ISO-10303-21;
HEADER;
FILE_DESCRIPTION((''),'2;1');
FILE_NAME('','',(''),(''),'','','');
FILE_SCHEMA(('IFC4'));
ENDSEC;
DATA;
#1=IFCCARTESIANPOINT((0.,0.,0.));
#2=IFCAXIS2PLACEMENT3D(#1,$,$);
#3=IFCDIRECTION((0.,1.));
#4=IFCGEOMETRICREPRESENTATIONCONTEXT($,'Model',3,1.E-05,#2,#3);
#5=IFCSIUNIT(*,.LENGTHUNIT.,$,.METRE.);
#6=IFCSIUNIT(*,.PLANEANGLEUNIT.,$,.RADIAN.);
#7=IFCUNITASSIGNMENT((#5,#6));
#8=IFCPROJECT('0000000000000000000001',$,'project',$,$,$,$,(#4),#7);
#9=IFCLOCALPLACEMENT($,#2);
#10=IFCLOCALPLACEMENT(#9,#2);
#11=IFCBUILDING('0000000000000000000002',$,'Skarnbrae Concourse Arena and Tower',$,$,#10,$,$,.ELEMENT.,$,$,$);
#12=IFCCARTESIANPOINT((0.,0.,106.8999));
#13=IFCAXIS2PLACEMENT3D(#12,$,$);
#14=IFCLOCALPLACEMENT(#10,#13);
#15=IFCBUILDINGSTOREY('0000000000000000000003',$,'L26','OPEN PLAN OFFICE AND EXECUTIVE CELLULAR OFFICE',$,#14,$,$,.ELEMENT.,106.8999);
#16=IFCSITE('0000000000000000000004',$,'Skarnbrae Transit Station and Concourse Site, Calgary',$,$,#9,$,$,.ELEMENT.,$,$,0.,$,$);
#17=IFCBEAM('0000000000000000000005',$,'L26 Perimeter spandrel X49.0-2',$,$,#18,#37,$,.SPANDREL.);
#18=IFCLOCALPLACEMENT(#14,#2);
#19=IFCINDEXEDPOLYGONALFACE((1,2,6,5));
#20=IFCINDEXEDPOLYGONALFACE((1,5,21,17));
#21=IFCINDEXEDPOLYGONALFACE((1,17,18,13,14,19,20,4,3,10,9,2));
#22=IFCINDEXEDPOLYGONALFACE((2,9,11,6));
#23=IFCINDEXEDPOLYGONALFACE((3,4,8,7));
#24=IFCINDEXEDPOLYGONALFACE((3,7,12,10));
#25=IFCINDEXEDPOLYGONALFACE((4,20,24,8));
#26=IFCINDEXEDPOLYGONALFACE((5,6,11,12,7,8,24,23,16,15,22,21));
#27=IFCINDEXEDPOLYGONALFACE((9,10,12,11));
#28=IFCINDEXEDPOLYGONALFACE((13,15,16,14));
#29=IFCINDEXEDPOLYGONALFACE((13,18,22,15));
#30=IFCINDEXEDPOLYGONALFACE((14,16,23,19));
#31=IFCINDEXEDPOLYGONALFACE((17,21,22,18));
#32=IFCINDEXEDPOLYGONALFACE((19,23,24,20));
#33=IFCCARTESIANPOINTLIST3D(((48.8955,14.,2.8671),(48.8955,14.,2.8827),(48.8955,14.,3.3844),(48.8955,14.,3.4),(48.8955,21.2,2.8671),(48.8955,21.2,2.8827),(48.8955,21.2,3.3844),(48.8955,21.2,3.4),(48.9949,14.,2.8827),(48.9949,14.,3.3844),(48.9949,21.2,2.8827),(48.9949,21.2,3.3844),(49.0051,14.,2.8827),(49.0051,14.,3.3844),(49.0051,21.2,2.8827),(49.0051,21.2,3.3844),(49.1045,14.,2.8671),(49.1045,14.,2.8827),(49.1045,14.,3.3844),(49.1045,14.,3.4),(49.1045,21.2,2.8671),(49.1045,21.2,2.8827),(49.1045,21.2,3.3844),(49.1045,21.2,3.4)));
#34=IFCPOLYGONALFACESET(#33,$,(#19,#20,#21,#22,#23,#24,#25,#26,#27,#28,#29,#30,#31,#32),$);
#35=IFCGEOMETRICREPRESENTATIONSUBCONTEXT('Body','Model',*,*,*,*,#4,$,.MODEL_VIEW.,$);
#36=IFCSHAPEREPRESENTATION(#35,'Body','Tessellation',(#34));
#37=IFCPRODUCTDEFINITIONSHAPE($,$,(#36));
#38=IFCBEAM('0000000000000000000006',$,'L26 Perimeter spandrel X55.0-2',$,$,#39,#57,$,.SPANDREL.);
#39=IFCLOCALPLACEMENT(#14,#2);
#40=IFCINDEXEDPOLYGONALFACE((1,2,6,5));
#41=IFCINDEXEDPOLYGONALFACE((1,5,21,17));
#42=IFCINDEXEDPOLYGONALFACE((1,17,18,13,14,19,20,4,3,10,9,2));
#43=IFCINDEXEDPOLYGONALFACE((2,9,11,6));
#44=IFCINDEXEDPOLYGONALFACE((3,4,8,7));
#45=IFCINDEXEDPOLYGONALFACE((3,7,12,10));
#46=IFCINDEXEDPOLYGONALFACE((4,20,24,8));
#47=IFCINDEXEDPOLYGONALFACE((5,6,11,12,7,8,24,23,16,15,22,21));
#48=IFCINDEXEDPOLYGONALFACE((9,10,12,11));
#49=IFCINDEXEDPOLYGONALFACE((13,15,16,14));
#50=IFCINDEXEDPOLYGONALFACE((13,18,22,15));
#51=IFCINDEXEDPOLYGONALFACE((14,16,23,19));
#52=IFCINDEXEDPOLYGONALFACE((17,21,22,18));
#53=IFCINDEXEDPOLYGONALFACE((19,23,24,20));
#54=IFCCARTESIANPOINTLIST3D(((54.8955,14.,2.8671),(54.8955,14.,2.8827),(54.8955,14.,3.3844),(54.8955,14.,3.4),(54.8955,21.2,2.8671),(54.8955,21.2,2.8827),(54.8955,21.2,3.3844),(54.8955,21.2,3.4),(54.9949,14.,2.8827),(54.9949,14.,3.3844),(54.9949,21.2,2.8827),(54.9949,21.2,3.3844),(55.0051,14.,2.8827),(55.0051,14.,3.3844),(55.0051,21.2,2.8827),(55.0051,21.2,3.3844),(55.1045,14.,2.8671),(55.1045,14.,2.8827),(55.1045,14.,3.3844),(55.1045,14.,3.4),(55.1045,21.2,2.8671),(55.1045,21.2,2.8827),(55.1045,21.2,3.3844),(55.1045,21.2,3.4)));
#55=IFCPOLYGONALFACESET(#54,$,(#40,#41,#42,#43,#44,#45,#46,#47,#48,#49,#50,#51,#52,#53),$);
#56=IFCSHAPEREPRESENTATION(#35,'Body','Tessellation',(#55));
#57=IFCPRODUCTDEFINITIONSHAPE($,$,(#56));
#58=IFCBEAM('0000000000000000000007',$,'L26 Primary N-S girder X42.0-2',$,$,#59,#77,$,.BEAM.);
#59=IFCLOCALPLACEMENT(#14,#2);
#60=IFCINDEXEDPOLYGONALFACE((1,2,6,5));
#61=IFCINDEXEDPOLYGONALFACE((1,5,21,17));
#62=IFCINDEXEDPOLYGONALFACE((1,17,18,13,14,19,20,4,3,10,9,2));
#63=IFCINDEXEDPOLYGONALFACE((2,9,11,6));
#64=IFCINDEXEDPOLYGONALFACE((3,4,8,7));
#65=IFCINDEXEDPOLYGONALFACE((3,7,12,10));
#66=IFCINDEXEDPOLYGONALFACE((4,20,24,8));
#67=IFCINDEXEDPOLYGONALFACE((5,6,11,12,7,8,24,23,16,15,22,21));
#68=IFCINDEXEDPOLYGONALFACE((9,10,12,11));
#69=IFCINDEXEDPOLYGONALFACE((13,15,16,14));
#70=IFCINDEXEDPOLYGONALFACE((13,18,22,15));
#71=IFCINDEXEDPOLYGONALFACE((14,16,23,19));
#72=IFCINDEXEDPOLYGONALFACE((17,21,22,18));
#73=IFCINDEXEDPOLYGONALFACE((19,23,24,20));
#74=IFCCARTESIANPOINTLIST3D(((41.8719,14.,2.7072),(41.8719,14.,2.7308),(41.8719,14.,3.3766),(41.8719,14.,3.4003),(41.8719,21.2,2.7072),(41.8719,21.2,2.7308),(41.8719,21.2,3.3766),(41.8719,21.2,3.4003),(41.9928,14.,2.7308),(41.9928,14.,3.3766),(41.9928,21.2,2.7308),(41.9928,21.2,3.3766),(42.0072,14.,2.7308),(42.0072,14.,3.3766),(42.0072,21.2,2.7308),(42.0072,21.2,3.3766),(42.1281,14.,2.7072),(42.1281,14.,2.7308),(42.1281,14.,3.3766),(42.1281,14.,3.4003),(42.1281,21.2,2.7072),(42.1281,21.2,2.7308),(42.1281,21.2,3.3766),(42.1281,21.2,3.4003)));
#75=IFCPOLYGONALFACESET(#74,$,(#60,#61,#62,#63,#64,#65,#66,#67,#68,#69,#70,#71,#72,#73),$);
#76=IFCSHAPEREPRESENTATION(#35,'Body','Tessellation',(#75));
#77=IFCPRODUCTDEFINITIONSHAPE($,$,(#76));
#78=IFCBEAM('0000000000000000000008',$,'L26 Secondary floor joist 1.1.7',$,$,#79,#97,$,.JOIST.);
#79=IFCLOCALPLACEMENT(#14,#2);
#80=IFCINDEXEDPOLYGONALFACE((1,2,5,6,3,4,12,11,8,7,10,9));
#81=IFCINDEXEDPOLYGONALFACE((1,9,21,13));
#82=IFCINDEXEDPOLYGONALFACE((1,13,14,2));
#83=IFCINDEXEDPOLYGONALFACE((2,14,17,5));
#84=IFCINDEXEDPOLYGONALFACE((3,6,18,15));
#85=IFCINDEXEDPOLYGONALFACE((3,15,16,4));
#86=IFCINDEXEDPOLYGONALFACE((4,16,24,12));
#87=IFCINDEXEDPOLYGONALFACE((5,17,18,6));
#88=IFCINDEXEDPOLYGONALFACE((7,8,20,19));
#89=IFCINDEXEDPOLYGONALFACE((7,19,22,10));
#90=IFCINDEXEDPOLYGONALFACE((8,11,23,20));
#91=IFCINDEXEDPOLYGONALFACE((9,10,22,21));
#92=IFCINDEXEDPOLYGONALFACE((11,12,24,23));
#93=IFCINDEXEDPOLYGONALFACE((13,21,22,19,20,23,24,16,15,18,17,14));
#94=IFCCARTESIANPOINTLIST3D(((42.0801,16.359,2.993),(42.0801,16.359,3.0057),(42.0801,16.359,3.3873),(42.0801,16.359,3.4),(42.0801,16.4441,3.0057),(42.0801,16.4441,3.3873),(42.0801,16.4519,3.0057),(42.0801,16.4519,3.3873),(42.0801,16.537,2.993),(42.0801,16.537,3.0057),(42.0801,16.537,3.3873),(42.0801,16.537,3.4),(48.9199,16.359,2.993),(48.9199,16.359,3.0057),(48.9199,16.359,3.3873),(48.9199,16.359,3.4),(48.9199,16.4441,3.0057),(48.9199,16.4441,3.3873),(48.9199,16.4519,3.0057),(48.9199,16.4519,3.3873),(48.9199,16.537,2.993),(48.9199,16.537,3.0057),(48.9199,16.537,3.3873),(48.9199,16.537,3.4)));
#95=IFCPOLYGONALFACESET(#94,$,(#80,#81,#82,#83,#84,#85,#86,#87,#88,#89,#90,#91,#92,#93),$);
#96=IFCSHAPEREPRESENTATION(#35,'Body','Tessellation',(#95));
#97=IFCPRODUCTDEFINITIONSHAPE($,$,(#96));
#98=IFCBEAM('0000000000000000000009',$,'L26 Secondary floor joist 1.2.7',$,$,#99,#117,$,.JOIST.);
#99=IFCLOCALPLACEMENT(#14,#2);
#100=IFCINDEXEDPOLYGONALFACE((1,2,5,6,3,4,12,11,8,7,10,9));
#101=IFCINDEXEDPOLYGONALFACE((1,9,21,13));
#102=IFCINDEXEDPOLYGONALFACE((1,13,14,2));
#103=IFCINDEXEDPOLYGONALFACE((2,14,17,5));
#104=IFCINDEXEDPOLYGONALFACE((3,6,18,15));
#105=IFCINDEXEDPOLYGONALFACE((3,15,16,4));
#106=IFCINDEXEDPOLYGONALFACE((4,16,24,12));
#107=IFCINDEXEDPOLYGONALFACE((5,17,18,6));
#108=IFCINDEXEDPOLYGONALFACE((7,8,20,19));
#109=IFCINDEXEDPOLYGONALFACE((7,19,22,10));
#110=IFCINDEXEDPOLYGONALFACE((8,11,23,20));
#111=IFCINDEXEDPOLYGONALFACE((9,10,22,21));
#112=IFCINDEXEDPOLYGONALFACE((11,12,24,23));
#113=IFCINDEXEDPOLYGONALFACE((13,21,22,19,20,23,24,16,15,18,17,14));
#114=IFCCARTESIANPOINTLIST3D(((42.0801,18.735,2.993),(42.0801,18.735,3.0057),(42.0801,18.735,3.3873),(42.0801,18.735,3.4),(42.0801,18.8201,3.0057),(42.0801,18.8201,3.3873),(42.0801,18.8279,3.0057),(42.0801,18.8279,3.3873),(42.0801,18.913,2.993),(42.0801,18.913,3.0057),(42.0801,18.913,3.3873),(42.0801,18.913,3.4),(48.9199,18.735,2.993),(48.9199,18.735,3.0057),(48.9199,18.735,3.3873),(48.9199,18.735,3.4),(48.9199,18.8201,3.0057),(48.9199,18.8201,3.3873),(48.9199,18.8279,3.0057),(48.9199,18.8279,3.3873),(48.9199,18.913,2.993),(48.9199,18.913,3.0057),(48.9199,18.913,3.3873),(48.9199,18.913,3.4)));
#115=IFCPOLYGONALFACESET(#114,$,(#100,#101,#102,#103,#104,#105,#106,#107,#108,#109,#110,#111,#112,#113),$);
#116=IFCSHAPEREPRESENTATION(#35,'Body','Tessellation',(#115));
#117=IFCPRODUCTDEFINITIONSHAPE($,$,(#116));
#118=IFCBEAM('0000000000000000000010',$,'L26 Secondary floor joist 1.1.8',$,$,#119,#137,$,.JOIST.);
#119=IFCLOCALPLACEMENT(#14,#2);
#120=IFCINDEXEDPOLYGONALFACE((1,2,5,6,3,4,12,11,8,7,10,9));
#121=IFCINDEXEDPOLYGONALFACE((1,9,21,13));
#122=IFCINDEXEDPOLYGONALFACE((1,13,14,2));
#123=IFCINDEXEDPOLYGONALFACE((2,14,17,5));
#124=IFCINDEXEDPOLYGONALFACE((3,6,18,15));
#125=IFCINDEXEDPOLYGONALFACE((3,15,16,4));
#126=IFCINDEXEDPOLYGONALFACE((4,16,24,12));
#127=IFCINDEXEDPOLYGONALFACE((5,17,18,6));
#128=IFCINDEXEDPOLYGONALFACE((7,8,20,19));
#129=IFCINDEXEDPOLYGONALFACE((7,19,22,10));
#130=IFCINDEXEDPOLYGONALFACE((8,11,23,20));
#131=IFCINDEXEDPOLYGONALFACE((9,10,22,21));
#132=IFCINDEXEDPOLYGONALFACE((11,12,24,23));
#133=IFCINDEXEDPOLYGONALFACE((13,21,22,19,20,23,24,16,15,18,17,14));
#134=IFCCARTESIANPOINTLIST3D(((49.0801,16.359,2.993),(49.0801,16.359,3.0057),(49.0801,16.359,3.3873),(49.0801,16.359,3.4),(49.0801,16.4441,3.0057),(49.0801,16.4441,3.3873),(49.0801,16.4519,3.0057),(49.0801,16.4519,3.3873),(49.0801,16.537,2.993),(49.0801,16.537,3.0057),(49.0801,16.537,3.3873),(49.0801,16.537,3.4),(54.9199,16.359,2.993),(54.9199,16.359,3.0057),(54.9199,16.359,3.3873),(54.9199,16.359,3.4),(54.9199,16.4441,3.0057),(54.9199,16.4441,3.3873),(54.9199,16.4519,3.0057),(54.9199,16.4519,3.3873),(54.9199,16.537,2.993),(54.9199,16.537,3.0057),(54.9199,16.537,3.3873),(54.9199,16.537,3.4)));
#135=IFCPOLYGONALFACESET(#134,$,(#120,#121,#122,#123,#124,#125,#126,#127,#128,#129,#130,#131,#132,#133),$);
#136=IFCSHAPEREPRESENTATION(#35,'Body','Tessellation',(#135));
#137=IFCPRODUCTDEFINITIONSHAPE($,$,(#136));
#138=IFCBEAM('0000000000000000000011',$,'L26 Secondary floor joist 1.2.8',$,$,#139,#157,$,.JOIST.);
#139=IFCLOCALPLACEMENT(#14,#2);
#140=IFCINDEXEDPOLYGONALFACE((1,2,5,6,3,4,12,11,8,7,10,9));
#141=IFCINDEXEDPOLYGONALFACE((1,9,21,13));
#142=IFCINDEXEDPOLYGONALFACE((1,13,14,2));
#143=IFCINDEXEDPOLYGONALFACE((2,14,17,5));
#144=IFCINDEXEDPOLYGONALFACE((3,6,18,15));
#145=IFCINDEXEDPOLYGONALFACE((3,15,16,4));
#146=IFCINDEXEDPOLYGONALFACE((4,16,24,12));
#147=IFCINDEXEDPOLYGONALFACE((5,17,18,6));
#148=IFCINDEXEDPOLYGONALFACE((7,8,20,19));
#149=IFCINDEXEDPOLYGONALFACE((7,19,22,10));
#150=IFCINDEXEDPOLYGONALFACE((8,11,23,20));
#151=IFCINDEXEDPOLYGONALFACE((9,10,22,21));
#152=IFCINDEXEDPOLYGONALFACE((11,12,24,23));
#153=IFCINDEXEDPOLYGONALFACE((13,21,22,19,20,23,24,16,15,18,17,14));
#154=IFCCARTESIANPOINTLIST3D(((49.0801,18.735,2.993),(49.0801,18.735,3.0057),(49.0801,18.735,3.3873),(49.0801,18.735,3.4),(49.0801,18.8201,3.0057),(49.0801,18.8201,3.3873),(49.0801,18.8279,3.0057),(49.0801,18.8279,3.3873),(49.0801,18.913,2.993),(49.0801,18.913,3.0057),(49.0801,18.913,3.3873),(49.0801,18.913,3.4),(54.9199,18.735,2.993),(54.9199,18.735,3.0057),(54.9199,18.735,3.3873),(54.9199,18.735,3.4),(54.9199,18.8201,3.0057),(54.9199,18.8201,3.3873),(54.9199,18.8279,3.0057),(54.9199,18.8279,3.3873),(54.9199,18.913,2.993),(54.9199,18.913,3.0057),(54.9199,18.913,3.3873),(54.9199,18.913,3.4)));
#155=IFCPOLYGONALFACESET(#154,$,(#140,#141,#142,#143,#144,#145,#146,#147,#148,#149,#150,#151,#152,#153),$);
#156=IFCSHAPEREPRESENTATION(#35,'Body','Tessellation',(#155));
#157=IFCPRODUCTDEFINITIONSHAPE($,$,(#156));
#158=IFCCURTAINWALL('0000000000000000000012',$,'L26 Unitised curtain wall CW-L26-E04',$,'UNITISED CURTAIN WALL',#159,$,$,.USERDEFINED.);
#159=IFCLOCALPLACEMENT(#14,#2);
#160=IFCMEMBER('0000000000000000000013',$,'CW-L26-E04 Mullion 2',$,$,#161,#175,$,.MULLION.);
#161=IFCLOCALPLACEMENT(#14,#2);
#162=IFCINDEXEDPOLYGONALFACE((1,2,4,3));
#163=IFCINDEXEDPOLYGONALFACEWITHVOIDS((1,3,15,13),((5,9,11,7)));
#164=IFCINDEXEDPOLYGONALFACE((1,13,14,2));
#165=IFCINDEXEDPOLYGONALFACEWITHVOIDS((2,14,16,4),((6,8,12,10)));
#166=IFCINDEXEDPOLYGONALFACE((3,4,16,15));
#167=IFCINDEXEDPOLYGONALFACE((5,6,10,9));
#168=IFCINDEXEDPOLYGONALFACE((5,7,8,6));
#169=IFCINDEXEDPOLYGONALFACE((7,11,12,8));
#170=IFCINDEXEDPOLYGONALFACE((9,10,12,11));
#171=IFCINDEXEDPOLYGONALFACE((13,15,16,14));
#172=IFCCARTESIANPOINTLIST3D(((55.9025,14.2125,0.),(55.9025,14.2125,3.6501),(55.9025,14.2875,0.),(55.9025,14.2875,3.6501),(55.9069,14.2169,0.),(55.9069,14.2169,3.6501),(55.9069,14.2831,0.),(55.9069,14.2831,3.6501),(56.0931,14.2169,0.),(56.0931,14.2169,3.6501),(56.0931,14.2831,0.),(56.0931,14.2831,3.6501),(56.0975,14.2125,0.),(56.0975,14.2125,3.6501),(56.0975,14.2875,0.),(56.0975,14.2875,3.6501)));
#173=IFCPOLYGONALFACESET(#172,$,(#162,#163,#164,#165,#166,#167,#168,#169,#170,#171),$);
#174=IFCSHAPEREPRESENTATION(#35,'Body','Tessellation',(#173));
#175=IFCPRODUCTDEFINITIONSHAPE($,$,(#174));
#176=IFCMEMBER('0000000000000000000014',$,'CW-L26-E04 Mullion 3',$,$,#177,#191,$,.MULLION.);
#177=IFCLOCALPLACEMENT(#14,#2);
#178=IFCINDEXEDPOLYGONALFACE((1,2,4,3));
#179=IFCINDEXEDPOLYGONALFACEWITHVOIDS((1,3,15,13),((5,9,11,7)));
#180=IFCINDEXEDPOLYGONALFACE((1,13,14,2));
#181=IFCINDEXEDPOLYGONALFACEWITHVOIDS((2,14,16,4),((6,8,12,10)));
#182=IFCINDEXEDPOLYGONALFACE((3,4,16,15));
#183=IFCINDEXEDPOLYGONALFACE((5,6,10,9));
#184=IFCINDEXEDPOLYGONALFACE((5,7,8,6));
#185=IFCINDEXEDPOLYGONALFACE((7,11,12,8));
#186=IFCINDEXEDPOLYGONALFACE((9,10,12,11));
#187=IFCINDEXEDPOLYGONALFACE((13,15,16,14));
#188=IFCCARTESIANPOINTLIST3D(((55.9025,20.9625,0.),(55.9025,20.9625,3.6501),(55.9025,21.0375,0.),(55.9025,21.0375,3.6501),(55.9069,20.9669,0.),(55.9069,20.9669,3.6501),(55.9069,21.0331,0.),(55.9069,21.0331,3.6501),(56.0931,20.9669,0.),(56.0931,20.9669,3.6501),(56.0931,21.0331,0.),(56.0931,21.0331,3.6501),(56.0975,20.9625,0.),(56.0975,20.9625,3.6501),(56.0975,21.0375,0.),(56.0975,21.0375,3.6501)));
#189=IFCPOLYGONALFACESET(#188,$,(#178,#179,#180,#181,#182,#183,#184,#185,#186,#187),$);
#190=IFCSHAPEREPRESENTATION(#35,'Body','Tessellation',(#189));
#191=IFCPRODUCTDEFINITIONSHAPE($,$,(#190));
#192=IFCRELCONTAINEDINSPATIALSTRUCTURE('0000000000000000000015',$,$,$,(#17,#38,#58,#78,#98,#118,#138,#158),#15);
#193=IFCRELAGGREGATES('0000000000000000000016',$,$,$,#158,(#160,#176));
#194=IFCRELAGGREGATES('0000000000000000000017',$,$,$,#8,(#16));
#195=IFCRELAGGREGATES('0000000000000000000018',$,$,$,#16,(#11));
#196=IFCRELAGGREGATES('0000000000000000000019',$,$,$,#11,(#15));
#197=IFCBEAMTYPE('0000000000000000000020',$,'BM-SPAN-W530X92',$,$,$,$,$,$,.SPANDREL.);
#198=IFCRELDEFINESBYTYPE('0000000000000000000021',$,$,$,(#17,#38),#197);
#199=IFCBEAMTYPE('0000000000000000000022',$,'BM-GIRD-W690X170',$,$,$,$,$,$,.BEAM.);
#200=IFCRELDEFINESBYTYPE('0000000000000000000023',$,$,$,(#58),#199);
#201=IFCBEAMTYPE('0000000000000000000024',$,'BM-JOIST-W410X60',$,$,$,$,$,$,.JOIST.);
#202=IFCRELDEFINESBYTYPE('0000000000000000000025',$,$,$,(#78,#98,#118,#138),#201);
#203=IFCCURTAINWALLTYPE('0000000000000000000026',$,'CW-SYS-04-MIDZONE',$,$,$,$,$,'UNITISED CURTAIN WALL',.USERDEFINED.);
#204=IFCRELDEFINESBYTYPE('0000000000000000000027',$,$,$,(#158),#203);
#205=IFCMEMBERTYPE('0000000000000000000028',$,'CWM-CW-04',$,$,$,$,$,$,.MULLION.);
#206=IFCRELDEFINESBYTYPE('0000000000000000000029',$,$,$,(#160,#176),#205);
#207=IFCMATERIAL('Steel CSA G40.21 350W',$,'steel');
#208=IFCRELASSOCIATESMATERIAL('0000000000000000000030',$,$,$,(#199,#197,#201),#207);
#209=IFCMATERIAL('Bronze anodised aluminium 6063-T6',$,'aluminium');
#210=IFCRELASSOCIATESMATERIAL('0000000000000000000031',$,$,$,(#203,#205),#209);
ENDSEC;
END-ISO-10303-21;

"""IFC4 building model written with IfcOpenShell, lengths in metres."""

from ifc_helpers import new_model, si_unit, direction, frame, origin, origin_2d, place, context, subcontext, project, spatial, hollow_rectangle, i_section, extrude, source, transform, mapped, material, material_profile, profile_set, type_object, element, aggregate, save


model = new_model("IFC4")

# Units and contexts
model_context = context("Model", 3, precision=1e-05, world=origin(), true_north=direction((0.0, 1.0)))
body_context = subcontext(model_context, "Body", "Model", "MODEL_VIEW")
ifc_project = project(units=[si_unit("LENGTHUNIT", "METRE"), si_unit("PLANEANGLEUNIT", "RADIAN")], contexts=[model_context])

# Site, building, storey
site_placement = place(None, origin())
site = spatial("IfcSite", under=ifc_project, at=site_placement, Name="Skarnbrae Transit Station and Concourse Site, Calgary", CompositionType="ELEMENT", RefElevation=0.0)
building_placement = place(site_placement, origin())
building = spatial("IfcBuilding", under=site, at=building_placement, Name="Skarnbrae Concourse Arena and Tower", CompositionType="ELEMENT")
storey_placement = place(building_placement, frame((0.0, 0.0, 106.8999)))
storey = spatial("IfcBuildingStorey", under=building, at=storey_placement, Name="L26", Description="OPEN PLAN OFFICE AND EXECUTIVE CELLULAR OFFICE", CompositionType="ELEMENT", Elevation=106.8999)

# Shared definitions
ifc_material_1 = material(Name="Steel CSA G40.21 350W", Category="steel")

# Beams
ifc_material_profile_1 = material_profile(ifc_material_1, i_section(OverallWidth=0.2561, OverallDepth=0.6931, WebThickness=0.0144, FlangeThickness=0.0237, at=origin_2d()), Name="W690X170")
ifc_profile_set_1 = profile_set([ifc_material_profile_1], Name="Steel CSA G40.21 350W")
beam_type_1 = type_object("IfcBeamType", Name="BM-GIRD-W690X170", PredefinedType="BEAM", material=ifc_profile_set_1)
ifc_material_profile_2 = material_profile(ifc_material_1, i_section(OverallWidth=0.209, OverallDepth=0.533, WebThickness=0.0103, FlangeThickness=0.0156, at=origin_2d()), Name="W530X92")
ifc_profile_set_2 = profile_set([ifc_material_profile_2], Name="Steel CSA G40.21 350W")
beam_type_2 = type_object("IfcBeamType", Name="BM-SPAN-W530X92", PredefinedType="SPANDREL", material=ifc_profile_set_2)
shared_shape_1 = source(origin(), body_context, "Body", "SweptSolid", [
    extrude(i_section(OverallWidth=0.209, OverallDepth=0.533, WebThickness=0.0103, FlangeThickness=0.0156, at=origin_2d()), origin(), (0.0, 0.0, 1.0), 7.2),
])
for number, where, z_axis, x_axis, name in (
    (1, (49.0, 14.0, 3.1335), (0.0, 1.0, 0.0), (-1.0, 0.0, 0.0), "L26 Perimeter spandrel X49.0-2"),
    (2, (55.0, 14.0, 3.1335), (0.0, 1.0, 0.0), (-1.0, 0.0, 0.0), "L26 Perimeter spandrel X55.0-2"),
):
    element("IfcBeam", number, at=place(storey_placement, frame(where, z_axis=z_axis, x_axis=x_axis)), inside=storey, type_object=beam_type_2, Name=name, PredefinedType="SPANDREL", context=body_context, shape_type="MappedRepresentation", body=[
        mapped(shared_shape_1, transform((0.0, 0.0, 0.0))),
    ])
shared_shape_2 = source(origin(), body_context, "Body", "SweptSolid", [
    extrude(i_section(OverallWidth=0.2561, OverallDepth=0.6931, WebThickness=0.0144, FlangeThickness=0.0237, at=origin_2d()), origin(), (0.0, 0.0, 1.0), 7.2),
])
beam_1_placement = place(storey_placement, frame((42.0, 14.0, 3.0537), z_axis=(0.0, 1.0, 0.0), x_axis=(-1.0, 0.0, 0.0)))
element("IfcBeam", 3, at=beam_1_placement, inside=storey, type_object=beam_type_1, Name="L26 Primary N-S girder X42.0-2", PredefinedType="BEAM", context=body_context, shape_type="MappedRepresentation", body=[
    mapped(shared_shape_2, transform((0.0, 0.0, 0.0))),
])
ifc_material_profile_3 = material_profile(ifc_material_1, i_section(OverallWidth=0.178, OverallDepth=0.407, WebThickness=0.0078, FlangeThickness=0.0127, at=origin_2d()), Name="W410X60")
ifc_profile_set_3 = profile_set([ifc_material_profile_3], Name="Steel CSA G40.21 350W")
beam_type_3 = type_object("IfcBeamType", Name="BM-JOIST-W410X60", PredefinedType="JOIST", material=ifc_profile_set_3)
shared_shape_3 = source(origin(), body_context, "Body", "SweptSolid", [
    extrude(i_section(OverallWidth=0.178, OverallDepth=0.407, WebThickness=0.0078, FlangeThickness=0.0127, at=origin_2d()), origin(), (0.0, 0.0, 1.0), 6.8398),
])
for number, where, z_axis, x_axis, name in (
    (4, (42.0801, 16.448, 3.1965), (1.0, 0.0, 0.0), (0.0, 1.0, 0.0), "L26 Secondary floor joist 1.1.7"),
    (5, (42.0801, 18.824, 3.1965), (1.0, 0.0, 0.0), (0.0, 1.0, 0.0), "L26 Secondary floor joist 1.2.7"),
):
    element("IfcBeam", number, at=place(storey_placement, frame(where, z_axis=z_axis, x_axis=x_axis)), inside=storey, type_object=beam_type_3, Name=name, PredefinedType="JOIST", context=body_context, shape_type="MappedRepresentation", body=[
        mapped(shared_shape_3, transform((0.0, 0.0, 0.0))),
    ])
shared_shape_4 = source(origin(), body_context, "Body", "SweptSolid", [
    extrude(i_section(OverallWidth=0.178, OverallDepth=0.407, WebThickness=0.0078, FlangeThickness=0.0127, at=origin_2d()), origin(), (0.0, 0.0, 1.0), 5.8398),
])
for number, where, z_axis, x_axis, name in (
    (6, (49.0801, 16.448, 3.1965), (1.0, 0.0, 0.0), (0.0, 1.0, 0.0), "L26 Secondary floor joist 1.1.8"),
    (7, (49.0801, 18.824, 3.1965), (1.0, 0.0, 0.0), (0.0, 1.0, 0.0), "L26 Secondary floor joist 1.2.8"),
):
    element("IfcBeam", number, at=place(storey_placement, frame(where, z_axis=z_axis, x_axis=x_axis)), inside=storey, type_object=beam_type_3, Name=name, PredefinedType="JOIST", context=body_context, shape_type="MappedRepresentation", body=[
        mapped(shared_shape_4, transform((0.0, 0.0, 0.0))),
    ])

# Curtain wall, members
ifc_material_2 = material(Name="Bronze anodised aluminium 6063-T6", Category="aluminium")
curtain_wall_type = type_object("IfcCurtainWallType", Name="CW-SYS-04-MIDZONE", ElementType="UNITISED CURTAIN WALL", PredefinedType="USERDEFINED", material=ifc_material_2)
curtain_wall_placement = place(storey_placement, origin())
curtain_wall = element("IfcCurtainWall", 8, at=curtain_wall_placement, inside=storey, type_object=curtain_wall_type, Name="L26 Unitised curtain wall CW-L26-E04", ObjectType="UNITISED CURTAIN WALL", PredefinedType="USERDEFINED")
ifc_material_profile_4 = material_profile(ifc_material_2, hollow_rectangle(XDim=0.075, YDim=0.1951, WallThickness=0.0044, at=origin_2d()), Name="ALU-MULL-75X195")
ifc_profile_set_4 = profile_set([ifc_material_profile_4], Name="Bronze anodised aluminium 6063-T6")
member_type_1 = type_object("IfcMemberType", Name="CWM-CW-04", PredefinedType="MULLION", material=ifc_profile_set_4)
shared_shape_5 = source(origin(), body_context, "Body", "SweptSolid", [
    extrude(hollow_rectangle(XDim=0.075, YDim=0.1951, WallThickness=0.0044, at=origin_2d()), origin(), (0.0, 0.0, 1.0), 3.6501),
])
member_1_placement = place(storey_placement, frame((56.0, 14.25, 0.0), z_axis=(0.0, 0.0, 1.0), x_axis=(0.0, 1.0, 0.0)))
member_1 = element("IfcMember", 9, at=member_1_placement, type_object=member_type_1, Name="CW-L26-E04 Mullion 2", PredefinedType="MULLION", context=body_context, shape_type="MappedRepresentation", body=[
    mapped(shared_shape_5, transform((0.0, 0.0, 0.0))),
])
member_2_placement = place(storey_placement, frame((56.0, 21.0, 0.0), z_axis=(0.0, 0.0, 1.0), x_axis=(0.0, 1.0, 0.0)))
member_2 = element("IfcMember", 10, at=member_2_placement, type_object=member_type_1, Name="CW-L26-E04 Mullion 3", PredefinedType="MULLION", context=body_context, shape_type="MappedRepresentation", body=[
    mapped(shared_shape_5, transform((0.0, 0.0, 0.0))),
])
aggregate(curtain_wall, [member_1, member_2])

save(model, "model.ifc")
